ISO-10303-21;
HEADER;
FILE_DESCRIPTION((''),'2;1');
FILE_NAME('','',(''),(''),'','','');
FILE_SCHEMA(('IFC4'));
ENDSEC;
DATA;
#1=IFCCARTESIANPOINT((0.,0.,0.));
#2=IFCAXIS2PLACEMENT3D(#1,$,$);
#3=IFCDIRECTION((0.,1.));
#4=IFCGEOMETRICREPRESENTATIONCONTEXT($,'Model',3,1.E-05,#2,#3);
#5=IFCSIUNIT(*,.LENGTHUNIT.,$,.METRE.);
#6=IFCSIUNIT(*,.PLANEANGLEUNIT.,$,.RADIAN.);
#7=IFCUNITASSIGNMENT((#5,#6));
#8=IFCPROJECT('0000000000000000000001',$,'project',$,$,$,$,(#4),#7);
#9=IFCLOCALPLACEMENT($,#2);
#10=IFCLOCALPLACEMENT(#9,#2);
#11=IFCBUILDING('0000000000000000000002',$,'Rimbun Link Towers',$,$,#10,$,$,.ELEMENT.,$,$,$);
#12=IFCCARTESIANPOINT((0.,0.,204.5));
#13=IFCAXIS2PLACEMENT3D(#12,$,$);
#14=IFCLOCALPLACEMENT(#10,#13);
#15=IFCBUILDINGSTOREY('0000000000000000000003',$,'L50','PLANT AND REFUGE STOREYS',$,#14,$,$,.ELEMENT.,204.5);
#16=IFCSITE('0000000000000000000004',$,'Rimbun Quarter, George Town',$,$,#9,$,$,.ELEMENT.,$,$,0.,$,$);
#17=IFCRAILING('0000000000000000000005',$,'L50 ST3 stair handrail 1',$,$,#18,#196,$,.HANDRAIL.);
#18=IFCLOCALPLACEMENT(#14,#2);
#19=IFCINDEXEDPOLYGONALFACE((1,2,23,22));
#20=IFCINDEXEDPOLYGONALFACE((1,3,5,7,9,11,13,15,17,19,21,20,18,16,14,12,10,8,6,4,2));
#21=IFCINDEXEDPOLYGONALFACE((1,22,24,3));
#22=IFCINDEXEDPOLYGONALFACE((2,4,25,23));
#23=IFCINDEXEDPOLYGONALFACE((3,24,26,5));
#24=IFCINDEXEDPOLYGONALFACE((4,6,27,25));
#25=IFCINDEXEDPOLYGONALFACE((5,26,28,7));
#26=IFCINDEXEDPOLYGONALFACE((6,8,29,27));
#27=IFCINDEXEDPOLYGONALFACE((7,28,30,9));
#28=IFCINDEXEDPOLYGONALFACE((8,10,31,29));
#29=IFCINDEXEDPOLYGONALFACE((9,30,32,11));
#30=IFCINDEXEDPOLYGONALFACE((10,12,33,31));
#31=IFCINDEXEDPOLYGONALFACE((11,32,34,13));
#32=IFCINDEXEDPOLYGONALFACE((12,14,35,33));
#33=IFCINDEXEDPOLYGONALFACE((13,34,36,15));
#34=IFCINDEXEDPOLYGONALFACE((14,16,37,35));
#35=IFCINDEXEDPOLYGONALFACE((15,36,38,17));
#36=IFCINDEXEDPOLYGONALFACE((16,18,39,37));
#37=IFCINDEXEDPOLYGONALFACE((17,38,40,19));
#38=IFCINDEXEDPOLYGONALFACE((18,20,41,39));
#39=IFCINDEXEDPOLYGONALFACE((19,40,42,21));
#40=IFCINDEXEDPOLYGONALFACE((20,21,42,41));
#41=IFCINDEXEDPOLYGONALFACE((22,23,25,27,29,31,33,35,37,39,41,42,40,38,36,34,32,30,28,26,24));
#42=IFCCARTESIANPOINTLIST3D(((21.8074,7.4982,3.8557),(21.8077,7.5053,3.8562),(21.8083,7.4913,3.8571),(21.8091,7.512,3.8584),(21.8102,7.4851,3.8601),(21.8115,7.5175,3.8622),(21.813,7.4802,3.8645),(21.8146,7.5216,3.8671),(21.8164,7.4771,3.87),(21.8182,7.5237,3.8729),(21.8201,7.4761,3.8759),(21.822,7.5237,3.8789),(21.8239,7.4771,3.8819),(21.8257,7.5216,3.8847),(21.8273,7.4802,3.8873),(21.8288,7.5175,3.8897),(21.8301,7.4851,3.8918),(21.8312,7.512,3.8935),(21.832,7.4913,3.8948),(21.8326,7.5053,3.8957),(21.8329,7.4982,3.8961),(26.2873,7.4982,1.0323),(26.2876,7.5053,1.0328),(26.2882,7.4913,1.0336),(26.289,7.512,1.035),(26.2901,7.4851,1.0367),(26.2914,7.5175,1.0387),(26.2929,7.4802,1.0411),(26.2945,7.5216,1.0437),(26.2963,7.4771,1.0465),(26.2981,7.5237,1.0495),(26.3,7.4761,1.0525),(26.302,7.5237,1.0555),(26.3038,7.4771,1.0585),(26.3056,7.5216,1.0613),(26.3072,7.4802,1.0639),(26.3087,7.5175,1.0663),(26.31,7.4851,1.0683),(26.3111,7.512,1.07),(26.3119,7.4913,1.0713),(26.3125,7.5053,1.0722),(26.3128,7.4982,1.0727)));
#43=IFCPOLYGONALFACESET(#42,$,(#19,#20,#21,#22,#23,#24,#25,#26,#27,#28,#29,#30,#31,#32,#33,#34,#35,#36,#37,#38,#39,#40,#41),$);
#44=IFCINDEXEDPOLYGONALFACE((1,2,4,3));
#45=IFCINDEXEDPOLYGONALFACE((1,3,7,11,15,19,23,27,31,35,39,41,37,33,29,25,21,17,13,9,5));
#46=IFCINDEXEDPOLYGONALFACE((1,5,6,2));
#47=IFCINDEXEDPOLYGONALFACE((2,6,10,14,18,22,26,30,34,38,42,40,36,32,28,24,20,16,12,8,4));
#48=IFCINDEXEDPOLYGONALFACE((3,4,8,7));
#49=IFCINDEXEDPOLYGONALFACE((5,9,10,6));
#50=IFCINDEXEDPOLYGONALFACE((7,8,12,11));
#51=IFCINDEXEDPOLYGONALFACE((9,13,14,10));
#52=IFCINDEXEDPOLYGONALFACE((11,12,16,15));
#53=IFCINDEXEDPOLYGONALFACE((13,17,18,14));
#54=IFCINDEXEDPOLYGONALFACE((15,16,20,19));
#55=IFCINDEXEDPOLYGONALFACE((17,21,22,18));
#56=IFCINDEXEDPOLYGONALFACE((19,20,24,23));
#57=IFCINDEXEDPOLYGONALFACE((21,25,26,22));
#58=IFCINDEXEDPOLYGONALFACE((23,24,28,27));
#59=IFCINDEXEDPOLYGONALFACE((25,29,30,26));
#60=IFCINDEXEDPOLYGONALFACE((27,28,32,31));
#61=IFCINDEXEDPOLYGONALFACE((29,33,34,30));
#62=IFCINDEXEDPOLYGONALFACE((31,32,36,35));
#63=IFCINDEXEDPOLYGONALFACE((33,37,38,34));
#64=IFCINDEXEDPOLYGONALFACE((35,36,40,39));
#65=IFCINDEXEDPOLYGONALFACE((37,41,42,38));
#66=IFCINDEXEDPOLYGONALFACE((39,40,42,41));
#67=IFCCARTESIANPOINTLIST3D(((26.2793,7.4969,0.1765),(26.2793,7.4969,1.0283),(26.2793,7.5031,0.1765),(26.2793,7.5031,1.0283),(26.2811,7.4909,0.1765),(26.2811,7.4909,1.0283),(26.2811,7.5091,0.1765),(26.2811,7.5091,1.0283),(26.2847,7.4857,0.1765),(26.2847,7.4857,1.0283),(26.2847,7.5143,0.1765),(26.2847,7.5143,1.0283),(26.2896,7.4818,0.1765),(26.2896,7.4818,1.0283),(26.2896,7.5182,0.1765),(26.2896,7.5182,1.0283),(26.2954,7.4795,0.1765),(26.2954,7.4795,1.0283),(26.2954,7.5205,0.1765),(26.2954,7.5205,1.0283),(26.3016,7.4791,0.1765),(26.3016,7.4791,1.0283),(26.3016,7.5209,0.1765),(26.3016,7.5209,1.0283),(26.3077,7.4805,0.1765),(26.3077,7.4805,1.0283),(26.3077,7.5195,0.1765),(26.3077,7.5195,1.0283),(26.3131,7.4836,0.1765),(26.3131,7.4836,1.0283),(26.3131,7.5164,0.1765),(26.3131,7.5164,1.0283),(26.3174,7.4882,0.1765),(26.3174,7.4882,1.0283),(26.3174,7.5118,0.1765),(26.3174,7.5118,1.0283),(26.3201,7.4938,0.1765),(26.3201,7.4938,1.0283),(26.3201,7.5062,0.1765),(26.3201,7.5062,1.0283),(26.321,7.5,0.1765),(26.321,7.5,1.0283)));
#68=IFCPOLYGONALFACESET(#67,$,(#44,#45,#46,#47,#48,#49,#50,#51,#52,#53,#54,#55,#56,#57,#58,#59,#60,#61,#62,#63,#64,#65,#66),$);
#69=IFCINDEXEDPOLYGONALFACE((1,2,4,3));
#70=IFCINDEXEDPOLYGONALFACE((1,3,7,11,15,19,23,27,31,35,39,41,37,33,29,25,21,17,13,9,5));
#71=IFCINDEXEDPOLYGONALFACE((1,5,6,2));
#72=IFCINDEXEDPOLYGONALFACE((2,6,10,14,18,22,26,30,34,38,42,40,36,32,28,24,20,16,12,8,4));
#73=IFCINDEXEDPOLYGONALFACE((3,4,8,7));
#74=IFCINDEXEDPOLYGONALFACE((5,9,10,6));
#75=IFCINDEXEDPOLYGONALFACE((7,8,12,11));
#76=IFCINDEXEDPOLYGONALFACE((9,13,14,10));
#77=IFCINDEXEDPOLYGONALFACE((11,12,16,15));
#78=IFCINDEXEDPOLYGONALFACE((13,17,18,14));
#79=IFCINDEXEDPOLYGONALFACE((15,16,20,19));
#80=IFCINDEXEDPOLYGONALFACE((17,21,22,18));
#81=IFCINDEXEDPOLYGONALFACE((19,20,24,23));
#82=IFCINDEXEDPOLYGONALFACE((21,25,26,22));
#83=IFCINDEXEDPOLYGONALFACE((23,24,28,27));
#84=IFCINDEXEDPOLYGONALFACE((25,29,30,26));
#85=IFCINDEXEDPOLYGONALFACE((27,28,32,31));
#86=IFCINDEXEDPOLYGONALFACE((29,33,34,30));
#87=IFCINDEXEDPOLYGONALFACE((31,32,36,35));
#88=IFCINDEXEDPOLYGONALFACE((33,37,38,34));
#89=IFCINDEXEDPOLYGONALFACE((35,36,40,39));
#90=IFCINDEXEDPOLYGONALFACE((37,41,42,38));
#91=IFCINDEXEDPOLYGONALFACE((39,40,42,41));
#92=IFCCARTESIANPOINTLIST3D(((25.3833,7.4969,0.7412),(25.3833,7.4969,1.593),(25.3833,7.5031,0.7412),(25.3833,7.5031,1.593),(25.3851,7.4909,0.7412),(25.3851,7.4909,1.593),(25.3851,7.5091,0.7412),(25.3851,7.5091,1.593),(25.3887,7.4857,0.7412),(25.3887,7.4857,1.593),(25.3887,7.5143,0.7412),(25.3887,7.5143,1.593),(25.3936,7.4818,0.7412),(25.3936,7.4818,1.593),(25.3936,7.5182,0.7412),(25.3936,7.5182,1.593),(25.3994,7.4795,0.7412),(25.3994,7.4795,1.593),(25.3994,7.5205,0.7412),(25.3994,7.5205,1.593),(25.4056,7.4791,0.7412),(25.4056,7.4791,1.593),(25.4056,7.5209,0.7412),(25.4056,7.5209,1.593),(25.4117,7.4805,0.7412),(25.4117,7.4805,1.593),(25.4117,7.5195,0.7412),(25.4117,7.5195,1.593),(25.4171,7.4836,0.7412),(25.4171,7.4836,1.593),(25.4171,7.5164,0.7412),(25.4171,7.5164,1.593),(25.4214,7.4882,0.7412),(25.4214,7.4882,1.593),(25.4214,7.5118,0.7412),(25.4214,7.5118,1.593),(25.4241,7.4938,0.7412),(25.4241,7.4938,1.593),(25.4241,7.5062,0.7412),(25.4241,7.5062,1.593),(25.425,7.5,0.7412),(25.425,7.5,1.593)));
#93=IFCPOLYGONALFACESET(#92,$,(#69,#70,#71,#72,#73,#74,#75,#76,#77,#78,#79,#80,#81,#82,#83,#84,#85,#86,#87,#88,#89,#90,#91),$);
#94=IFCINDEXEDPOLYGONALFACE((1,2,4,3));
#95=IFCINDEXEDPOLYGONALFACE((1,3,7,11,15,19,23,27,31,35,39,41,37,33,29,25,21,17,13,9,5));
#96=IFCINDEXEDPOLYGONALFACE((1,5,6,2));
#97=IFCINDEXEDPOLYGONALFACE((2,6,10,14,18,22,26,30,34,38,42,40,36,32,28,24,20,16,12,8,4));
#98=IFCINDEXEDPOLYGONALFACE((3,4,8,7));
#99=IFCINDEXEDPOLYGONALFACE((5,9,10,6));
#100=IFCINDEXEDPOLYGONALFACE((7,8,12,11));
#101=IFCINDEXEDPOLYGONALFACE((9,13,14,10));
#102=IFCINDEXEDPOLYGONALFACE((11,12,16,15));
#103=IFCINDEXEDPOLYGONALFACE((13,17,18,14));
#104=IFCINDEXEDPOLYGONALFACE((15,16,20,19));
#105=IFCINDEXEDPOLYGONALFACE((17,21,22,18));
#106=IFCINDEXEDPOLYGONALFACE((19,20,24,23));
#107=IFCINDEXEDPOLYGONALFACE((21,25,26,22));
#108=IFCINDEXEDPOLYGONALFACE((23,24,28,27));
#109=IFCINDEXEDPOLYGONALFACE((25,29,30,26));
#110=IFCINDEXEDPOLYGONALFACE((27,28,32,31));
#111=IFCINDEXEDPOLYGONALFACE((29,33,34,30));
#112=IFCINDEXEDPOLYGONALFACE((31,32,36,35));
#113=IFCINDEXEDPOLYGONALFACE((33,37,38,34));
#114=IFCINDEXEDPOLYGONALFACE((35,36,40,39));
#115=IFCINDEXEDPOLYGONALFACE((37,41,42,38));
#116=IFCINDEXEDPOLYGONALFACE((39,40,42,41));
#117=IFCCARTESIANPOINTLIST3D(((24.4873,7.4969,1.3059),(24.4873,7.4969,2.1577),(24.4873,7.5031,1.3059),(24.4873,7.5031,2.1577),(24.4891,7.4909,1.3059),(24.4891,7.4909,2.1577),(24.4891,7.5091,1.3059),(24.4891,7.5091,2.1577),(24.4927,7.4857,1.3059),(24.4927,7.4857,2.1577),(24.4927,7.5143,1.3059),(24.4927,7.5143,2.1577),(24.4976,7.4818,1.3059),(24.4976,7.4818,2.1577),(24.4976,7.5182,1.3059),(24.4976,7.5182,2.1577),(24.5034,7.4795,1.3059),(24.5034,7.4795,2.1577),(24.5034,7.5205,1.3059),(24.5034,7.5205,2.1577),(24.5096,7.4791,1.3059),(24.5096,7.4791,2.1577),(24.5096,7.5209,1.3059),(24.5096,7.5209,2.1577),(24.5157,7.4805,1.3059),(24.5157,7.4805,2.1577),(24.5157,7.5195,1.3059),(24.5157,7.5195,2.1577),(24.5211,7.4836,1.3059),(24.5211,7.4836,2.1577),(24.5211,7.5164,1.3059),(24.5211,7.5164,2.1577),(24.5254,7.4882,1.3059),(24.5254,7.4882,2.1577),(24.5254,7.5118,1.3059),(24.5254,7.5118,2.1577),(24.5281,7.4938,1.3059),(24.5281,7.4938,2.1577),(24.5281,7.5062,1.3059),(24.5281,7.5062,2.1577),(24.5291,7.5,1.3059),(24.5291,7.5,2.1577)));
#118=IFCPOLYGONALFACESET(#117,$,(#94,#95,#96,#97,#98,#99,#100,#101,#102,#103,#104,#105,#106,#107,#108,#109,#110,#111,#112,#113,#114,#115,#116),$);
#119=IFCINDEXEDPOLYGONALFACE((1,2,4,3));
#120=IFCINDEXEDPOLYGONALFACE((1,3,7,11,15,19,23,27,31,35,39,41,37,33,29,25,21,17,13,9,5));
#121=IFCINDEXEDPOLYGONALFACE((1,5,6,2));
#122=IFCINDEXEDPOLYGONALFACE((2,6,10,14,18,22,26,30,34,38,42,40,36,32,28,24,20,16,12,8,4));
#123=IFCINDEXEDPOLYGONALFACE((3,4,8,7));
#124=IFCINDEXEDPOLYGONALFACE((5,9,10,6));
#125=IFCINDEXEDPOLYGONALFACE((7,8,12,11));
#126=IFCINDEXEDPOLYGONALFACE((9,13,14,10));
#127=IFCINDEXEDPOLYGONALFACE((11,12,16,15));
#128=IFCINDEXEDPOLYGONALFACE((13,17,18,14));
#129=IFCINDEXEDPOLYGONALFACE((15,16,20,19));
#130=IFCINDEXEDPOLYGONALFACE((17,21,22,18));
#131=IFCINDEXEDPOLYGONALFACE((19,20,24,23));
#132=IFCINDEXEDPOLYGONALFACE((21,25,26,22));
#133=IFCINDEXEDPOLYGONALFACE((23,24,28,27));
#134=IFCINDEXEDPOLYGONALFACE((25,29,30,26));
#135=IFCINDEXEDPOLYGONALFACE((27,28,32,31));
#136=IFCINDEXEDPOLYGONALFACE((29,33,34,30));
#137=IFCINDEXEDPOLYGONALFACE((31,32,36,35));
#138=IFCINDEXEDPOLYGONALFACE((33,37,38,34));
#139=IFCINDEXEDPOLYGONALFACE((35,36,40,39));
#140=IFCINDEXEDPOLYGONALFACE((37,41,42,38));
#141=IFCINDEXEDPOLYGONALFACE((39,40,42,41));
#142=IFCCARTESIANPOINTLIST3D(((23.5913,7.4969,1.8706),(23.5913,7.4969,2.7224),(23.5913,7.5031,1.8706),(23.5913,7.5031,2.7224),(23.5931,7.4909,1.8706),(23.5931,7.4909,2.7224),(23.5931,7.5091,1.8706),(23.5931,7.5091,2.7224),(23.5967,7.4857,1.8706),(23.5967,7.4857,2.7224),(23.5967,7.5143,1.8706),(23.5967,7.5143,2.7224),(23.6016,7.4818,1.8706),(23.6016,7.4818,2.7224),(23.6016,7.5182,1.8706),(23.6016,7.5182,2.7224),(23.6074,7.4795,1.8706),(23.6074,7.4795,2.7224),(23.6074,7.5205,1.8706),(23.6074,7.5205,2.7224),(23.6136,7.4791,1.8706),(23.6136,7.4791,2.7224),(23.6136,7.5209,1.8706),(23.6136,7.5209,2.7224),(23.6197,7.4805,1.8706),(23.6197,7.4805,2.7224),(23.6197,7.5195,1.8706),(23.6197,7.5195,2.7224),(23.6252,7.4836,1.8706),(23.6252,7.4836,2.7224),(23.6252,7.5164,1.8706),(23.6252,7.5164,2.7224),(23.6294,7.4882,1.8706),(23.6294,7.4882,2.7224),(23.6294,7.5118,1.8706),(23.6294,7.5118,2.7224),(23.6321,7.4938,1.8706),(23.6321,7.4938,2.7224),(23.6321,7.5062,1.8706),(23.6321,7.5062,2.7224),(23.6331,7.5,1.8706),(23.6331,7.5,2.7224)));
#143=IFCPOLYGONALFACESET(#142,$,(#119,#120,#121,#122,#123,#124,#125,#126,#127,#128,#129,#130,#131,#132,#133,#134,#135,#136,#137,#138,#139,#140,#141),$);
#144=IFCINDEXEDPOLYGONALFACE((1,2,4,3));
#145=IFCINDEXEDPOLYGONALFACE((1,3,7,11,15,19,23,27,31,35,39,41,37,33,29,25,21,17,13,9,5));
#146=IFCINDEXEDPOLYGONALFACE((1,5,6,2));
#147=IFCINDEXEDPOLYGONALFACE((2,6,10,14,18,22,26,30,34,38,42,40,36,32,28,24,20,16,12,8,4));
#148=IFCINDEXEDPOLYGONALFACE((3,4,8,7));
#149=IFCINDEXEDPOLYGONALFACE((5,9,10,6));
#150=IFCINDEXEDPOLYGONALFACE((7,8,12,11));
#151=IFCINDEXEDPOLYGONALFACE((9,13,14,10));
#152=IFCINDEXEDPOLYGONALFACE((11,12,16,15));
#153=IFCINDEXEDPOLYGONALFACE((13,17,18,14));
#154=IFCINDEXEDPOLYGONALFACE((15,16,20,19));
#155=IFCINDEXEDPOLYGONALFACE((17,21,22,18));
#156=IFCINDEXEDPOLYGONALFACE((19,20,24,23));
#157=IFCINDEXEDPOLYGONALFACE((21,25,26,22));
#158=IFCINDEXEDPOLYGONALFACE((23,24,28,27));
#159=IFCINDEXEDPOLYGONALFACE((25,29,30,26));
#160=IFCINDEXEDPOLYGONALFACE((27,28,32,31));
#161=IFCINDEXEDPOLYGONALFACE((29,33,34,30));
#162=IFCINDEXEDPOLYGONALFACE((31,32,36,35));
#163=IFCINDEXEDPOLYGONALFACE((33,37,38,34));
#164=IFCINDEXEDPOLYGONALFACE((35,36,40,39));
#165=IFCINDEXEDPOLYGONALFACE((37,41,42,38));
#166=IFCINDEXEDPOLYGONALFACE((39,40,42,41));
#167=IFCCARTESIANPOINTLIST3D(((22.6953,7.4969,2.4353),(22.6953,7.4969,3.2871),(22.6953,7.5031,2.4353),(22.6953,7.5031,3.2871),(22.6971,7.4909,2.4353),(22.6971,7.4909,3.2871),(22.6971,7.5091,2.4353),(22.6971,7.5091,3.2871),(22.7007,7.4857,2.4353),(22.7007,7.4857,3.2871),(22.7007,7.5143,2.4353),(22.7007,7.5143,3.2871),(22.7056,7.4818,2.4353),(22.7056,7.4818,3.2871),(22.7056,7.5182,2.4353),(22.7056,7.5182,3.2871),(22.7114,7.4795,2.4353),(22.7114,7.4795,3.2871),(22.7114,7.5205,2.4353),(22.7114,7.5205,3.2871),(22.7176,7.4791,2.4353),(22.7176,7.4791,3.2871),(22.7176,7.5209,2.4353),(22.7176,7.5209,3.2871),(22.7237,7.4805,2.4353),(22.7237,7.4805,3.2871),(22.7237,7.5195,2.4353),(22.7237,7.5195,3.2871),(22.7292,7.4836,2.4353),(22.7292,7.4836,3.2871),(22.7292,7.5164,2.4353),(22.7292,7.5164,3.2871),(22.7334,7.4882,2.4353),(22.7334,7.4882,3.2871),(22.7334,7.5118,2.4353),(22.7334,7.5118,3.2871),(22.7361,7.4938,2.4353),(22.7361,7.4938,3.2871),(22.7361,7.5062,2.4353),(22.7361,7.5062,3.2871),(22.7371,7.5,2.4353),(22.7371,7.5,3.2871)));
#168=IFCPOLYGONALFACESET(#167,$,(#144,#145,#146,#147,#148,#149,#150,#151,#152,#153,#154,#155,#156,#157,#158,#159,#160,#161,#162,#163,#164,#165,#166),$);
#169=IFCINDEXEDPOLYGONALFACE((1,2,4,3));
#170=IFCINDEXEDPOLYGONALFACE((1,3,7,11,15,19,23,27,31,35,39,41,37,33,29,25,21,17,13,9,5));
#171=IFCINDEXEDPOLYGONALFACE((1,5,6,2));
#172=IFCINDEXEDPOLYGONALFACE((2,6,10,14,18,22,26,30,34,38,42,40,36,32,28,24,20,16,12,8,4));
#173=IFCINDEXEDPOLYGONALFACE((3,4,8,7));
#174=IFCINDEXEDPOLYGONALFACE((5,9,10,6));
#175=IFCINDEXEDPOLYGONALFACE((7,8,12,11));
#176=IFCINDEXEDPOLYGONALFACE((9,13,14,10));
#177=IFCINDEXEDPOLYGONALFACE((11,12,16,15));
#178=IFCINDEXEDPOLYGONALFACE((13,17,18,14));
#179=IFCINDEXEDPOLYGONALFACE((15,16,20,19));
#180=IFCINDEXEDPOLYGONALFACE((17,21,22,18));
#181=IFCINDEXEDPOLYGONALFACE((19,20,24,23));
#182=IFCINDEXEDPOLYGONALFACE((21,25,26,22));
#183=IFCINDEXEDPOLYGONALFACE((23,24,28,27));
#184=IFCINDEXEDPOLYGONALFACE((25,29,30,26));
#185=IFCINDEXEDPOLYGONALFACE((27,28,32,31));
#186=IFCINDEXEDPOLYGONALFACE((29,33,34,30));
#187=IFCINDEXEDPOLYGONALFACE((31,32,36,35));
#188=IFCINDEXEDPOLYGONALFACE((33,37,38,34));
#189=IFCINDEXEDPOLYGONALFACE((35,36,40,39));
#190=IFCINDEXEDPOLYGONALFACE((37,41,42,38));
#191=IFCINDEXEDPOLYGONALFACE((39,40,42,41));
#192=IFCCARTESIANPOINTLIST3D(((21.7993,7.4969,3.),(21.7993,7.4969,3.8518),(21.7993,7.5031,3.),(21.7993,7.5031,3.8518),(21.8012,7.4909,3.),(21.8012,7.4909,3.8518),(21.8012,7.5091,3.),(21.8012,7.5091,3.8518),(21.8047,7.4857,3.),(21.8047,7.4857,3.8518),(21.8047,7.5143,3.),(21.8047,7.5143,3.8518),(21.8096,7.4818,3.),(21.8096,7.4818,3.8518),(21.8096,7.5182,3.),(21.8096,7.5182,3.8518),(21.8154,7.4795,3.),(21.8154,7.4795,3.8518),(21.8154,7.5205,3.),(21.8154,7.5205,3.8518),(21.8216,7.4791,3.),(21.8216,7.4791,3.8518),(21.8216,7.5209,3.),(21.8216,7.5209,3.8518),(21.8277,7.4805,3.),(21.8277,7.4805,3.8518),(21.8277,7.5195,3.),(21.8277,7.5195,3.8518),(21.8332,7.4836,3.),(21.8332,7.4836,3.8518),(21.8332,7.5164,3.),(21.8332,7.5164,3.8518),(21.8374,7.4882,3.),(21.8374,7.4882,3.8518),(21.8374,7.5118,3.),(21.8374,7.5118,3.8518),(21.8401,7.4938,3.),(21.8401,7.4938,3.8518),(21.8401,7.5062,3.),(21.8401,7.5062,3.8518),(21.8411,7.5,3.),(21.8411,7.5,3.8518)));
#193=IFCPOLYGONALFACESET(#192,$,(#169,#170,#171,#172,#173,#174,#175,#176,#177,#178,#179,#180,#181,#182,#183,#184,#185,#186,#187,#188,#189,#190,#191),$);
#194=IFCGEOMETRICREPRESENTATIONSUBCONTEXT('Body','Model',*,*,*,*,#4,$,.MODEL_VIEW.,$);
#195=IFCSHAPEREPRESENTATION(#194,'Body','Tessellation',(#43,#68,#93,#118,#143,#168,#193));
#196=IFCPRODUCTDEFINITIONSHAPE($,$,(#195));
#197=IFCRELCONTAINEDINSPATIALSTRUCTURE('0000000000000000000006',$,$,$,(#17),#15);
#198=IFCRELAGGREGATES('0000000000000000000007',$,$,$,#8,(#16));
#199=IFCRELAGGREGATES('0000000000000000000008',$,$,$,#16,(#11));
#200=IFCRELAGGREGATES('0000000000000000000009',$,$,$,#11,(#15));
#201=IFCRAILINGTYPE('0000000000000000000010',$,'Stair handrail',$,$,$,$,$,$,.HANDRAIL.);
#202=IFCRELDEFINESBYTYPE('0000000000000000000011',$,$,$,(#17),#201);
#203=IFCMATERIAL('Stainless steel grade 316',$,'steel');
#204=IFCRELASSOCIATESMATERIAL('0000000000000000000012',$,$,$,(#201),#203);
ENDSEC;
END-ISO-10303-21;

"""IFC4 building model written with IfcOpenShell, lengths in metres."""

from ifc_helpers import new_model, si_unit, direction, frame, origin, origin_2d, place, context, subcontext, project, spatial, circle, extrude, material, type_object, element, save


model = new_model("IFC4")

# Units and contexts
model_context = context("Model", 3, precision=1e-05, world=origin(), true_north=direction((0.0, 1.0)))
body_context = subcontext(model_context, "Body", "Model", "MODEL_VIEW")
ifc_project = project(units=[si_unit("LENGTHUNIT", "METRE"), si_unit("PLANEANGLEUNIT", "RADIAN")], contexts=[model_context])

# Site, building, storey
site_placement = place(None, origin())
site = spatial("IfcSite", under=ifc_project, at=site_placement, Name="Rimbun Quarter, George Town", CompositionType="ELEMENT", RefElevation=0.0)
building_placement = place(site_placement, origin())
building = spatial("IfcBuilding", under=site, at=building_placement, Name="Rimbun Link Towers", CompositionType="ELEMENT")
storey_placement = place(building_placement, frame((0.0, 0.0, 204.5)))
storey = spatial("IfcBuildingStorey", under=building, at=storey_placement, Name="L50", Description="PLANT AND REFUGE STOREYS", CompositionType="ELEMENT", Elevation=204.5)

# Railing
ifc_material_1 = material(Name="Stainless steel grade 316", Category="steel")
railing_type_1 = type_object("IfcRailingType", Name="Stair handrail", PredefinedType="HANDRAIL", material=ifc_material_1)
railing_1_placement = place(storey_placement, frame((26.3, 7.5, 0.1765)))
element("IfcRailing", 1, at=railing_1_placement, inside=storey, type_object=railing_type_1, Name="L50 ST3 stair handrail 1", PredefinedType="HANDRAIL", context=body_context, shape_type="SweptSolid", body=[
    extrude(circle(Radius=0.0239, at=origin_2d()), frame((0.0, 0.0, 0.876), z_axis=(-0.845998, 0.0, 0.533186), x_axis=(0.0, -1.0, 0.0)), (0.0, 0.0, 1.0), 5.2954),
    extrude(circle(Radius=0.021, at=origin_2d()), origin(), (0.0, 0.0, 1.0), 0.8518),
    extrude(circle(Radius=0.021, at=origin_2d()), frame((-0.896, 0.0, 0.5647)), (0.0, 0.0, 1.0), 0.8518),
    extrude(circle(Radius=0.021, at=origin_2d()), frame((-1.792, 0.0, 1.1294)), (0.0, 0.0, 1.0), 0.8518),
    extrude(circle(Radius=0.021, at=origin_2d()), frame((-2.688, 0.0, 1.6941)), (0.0, 0.0, 1.0), 0.8518),
    extrude(circle(Radius=0.021, at=origin_2d()), frame((-3.584, 0.0, 2.2588)), (0.0, 0.0, 1.0), 0.8518),
    extrude(circle(Radius=0.021, at=origin_2d()), frame((-4.48, 0.0, 2.8235)), (0.0, 0.0, 1.0), 0.8518),
])

save(model, "model.ifc")
